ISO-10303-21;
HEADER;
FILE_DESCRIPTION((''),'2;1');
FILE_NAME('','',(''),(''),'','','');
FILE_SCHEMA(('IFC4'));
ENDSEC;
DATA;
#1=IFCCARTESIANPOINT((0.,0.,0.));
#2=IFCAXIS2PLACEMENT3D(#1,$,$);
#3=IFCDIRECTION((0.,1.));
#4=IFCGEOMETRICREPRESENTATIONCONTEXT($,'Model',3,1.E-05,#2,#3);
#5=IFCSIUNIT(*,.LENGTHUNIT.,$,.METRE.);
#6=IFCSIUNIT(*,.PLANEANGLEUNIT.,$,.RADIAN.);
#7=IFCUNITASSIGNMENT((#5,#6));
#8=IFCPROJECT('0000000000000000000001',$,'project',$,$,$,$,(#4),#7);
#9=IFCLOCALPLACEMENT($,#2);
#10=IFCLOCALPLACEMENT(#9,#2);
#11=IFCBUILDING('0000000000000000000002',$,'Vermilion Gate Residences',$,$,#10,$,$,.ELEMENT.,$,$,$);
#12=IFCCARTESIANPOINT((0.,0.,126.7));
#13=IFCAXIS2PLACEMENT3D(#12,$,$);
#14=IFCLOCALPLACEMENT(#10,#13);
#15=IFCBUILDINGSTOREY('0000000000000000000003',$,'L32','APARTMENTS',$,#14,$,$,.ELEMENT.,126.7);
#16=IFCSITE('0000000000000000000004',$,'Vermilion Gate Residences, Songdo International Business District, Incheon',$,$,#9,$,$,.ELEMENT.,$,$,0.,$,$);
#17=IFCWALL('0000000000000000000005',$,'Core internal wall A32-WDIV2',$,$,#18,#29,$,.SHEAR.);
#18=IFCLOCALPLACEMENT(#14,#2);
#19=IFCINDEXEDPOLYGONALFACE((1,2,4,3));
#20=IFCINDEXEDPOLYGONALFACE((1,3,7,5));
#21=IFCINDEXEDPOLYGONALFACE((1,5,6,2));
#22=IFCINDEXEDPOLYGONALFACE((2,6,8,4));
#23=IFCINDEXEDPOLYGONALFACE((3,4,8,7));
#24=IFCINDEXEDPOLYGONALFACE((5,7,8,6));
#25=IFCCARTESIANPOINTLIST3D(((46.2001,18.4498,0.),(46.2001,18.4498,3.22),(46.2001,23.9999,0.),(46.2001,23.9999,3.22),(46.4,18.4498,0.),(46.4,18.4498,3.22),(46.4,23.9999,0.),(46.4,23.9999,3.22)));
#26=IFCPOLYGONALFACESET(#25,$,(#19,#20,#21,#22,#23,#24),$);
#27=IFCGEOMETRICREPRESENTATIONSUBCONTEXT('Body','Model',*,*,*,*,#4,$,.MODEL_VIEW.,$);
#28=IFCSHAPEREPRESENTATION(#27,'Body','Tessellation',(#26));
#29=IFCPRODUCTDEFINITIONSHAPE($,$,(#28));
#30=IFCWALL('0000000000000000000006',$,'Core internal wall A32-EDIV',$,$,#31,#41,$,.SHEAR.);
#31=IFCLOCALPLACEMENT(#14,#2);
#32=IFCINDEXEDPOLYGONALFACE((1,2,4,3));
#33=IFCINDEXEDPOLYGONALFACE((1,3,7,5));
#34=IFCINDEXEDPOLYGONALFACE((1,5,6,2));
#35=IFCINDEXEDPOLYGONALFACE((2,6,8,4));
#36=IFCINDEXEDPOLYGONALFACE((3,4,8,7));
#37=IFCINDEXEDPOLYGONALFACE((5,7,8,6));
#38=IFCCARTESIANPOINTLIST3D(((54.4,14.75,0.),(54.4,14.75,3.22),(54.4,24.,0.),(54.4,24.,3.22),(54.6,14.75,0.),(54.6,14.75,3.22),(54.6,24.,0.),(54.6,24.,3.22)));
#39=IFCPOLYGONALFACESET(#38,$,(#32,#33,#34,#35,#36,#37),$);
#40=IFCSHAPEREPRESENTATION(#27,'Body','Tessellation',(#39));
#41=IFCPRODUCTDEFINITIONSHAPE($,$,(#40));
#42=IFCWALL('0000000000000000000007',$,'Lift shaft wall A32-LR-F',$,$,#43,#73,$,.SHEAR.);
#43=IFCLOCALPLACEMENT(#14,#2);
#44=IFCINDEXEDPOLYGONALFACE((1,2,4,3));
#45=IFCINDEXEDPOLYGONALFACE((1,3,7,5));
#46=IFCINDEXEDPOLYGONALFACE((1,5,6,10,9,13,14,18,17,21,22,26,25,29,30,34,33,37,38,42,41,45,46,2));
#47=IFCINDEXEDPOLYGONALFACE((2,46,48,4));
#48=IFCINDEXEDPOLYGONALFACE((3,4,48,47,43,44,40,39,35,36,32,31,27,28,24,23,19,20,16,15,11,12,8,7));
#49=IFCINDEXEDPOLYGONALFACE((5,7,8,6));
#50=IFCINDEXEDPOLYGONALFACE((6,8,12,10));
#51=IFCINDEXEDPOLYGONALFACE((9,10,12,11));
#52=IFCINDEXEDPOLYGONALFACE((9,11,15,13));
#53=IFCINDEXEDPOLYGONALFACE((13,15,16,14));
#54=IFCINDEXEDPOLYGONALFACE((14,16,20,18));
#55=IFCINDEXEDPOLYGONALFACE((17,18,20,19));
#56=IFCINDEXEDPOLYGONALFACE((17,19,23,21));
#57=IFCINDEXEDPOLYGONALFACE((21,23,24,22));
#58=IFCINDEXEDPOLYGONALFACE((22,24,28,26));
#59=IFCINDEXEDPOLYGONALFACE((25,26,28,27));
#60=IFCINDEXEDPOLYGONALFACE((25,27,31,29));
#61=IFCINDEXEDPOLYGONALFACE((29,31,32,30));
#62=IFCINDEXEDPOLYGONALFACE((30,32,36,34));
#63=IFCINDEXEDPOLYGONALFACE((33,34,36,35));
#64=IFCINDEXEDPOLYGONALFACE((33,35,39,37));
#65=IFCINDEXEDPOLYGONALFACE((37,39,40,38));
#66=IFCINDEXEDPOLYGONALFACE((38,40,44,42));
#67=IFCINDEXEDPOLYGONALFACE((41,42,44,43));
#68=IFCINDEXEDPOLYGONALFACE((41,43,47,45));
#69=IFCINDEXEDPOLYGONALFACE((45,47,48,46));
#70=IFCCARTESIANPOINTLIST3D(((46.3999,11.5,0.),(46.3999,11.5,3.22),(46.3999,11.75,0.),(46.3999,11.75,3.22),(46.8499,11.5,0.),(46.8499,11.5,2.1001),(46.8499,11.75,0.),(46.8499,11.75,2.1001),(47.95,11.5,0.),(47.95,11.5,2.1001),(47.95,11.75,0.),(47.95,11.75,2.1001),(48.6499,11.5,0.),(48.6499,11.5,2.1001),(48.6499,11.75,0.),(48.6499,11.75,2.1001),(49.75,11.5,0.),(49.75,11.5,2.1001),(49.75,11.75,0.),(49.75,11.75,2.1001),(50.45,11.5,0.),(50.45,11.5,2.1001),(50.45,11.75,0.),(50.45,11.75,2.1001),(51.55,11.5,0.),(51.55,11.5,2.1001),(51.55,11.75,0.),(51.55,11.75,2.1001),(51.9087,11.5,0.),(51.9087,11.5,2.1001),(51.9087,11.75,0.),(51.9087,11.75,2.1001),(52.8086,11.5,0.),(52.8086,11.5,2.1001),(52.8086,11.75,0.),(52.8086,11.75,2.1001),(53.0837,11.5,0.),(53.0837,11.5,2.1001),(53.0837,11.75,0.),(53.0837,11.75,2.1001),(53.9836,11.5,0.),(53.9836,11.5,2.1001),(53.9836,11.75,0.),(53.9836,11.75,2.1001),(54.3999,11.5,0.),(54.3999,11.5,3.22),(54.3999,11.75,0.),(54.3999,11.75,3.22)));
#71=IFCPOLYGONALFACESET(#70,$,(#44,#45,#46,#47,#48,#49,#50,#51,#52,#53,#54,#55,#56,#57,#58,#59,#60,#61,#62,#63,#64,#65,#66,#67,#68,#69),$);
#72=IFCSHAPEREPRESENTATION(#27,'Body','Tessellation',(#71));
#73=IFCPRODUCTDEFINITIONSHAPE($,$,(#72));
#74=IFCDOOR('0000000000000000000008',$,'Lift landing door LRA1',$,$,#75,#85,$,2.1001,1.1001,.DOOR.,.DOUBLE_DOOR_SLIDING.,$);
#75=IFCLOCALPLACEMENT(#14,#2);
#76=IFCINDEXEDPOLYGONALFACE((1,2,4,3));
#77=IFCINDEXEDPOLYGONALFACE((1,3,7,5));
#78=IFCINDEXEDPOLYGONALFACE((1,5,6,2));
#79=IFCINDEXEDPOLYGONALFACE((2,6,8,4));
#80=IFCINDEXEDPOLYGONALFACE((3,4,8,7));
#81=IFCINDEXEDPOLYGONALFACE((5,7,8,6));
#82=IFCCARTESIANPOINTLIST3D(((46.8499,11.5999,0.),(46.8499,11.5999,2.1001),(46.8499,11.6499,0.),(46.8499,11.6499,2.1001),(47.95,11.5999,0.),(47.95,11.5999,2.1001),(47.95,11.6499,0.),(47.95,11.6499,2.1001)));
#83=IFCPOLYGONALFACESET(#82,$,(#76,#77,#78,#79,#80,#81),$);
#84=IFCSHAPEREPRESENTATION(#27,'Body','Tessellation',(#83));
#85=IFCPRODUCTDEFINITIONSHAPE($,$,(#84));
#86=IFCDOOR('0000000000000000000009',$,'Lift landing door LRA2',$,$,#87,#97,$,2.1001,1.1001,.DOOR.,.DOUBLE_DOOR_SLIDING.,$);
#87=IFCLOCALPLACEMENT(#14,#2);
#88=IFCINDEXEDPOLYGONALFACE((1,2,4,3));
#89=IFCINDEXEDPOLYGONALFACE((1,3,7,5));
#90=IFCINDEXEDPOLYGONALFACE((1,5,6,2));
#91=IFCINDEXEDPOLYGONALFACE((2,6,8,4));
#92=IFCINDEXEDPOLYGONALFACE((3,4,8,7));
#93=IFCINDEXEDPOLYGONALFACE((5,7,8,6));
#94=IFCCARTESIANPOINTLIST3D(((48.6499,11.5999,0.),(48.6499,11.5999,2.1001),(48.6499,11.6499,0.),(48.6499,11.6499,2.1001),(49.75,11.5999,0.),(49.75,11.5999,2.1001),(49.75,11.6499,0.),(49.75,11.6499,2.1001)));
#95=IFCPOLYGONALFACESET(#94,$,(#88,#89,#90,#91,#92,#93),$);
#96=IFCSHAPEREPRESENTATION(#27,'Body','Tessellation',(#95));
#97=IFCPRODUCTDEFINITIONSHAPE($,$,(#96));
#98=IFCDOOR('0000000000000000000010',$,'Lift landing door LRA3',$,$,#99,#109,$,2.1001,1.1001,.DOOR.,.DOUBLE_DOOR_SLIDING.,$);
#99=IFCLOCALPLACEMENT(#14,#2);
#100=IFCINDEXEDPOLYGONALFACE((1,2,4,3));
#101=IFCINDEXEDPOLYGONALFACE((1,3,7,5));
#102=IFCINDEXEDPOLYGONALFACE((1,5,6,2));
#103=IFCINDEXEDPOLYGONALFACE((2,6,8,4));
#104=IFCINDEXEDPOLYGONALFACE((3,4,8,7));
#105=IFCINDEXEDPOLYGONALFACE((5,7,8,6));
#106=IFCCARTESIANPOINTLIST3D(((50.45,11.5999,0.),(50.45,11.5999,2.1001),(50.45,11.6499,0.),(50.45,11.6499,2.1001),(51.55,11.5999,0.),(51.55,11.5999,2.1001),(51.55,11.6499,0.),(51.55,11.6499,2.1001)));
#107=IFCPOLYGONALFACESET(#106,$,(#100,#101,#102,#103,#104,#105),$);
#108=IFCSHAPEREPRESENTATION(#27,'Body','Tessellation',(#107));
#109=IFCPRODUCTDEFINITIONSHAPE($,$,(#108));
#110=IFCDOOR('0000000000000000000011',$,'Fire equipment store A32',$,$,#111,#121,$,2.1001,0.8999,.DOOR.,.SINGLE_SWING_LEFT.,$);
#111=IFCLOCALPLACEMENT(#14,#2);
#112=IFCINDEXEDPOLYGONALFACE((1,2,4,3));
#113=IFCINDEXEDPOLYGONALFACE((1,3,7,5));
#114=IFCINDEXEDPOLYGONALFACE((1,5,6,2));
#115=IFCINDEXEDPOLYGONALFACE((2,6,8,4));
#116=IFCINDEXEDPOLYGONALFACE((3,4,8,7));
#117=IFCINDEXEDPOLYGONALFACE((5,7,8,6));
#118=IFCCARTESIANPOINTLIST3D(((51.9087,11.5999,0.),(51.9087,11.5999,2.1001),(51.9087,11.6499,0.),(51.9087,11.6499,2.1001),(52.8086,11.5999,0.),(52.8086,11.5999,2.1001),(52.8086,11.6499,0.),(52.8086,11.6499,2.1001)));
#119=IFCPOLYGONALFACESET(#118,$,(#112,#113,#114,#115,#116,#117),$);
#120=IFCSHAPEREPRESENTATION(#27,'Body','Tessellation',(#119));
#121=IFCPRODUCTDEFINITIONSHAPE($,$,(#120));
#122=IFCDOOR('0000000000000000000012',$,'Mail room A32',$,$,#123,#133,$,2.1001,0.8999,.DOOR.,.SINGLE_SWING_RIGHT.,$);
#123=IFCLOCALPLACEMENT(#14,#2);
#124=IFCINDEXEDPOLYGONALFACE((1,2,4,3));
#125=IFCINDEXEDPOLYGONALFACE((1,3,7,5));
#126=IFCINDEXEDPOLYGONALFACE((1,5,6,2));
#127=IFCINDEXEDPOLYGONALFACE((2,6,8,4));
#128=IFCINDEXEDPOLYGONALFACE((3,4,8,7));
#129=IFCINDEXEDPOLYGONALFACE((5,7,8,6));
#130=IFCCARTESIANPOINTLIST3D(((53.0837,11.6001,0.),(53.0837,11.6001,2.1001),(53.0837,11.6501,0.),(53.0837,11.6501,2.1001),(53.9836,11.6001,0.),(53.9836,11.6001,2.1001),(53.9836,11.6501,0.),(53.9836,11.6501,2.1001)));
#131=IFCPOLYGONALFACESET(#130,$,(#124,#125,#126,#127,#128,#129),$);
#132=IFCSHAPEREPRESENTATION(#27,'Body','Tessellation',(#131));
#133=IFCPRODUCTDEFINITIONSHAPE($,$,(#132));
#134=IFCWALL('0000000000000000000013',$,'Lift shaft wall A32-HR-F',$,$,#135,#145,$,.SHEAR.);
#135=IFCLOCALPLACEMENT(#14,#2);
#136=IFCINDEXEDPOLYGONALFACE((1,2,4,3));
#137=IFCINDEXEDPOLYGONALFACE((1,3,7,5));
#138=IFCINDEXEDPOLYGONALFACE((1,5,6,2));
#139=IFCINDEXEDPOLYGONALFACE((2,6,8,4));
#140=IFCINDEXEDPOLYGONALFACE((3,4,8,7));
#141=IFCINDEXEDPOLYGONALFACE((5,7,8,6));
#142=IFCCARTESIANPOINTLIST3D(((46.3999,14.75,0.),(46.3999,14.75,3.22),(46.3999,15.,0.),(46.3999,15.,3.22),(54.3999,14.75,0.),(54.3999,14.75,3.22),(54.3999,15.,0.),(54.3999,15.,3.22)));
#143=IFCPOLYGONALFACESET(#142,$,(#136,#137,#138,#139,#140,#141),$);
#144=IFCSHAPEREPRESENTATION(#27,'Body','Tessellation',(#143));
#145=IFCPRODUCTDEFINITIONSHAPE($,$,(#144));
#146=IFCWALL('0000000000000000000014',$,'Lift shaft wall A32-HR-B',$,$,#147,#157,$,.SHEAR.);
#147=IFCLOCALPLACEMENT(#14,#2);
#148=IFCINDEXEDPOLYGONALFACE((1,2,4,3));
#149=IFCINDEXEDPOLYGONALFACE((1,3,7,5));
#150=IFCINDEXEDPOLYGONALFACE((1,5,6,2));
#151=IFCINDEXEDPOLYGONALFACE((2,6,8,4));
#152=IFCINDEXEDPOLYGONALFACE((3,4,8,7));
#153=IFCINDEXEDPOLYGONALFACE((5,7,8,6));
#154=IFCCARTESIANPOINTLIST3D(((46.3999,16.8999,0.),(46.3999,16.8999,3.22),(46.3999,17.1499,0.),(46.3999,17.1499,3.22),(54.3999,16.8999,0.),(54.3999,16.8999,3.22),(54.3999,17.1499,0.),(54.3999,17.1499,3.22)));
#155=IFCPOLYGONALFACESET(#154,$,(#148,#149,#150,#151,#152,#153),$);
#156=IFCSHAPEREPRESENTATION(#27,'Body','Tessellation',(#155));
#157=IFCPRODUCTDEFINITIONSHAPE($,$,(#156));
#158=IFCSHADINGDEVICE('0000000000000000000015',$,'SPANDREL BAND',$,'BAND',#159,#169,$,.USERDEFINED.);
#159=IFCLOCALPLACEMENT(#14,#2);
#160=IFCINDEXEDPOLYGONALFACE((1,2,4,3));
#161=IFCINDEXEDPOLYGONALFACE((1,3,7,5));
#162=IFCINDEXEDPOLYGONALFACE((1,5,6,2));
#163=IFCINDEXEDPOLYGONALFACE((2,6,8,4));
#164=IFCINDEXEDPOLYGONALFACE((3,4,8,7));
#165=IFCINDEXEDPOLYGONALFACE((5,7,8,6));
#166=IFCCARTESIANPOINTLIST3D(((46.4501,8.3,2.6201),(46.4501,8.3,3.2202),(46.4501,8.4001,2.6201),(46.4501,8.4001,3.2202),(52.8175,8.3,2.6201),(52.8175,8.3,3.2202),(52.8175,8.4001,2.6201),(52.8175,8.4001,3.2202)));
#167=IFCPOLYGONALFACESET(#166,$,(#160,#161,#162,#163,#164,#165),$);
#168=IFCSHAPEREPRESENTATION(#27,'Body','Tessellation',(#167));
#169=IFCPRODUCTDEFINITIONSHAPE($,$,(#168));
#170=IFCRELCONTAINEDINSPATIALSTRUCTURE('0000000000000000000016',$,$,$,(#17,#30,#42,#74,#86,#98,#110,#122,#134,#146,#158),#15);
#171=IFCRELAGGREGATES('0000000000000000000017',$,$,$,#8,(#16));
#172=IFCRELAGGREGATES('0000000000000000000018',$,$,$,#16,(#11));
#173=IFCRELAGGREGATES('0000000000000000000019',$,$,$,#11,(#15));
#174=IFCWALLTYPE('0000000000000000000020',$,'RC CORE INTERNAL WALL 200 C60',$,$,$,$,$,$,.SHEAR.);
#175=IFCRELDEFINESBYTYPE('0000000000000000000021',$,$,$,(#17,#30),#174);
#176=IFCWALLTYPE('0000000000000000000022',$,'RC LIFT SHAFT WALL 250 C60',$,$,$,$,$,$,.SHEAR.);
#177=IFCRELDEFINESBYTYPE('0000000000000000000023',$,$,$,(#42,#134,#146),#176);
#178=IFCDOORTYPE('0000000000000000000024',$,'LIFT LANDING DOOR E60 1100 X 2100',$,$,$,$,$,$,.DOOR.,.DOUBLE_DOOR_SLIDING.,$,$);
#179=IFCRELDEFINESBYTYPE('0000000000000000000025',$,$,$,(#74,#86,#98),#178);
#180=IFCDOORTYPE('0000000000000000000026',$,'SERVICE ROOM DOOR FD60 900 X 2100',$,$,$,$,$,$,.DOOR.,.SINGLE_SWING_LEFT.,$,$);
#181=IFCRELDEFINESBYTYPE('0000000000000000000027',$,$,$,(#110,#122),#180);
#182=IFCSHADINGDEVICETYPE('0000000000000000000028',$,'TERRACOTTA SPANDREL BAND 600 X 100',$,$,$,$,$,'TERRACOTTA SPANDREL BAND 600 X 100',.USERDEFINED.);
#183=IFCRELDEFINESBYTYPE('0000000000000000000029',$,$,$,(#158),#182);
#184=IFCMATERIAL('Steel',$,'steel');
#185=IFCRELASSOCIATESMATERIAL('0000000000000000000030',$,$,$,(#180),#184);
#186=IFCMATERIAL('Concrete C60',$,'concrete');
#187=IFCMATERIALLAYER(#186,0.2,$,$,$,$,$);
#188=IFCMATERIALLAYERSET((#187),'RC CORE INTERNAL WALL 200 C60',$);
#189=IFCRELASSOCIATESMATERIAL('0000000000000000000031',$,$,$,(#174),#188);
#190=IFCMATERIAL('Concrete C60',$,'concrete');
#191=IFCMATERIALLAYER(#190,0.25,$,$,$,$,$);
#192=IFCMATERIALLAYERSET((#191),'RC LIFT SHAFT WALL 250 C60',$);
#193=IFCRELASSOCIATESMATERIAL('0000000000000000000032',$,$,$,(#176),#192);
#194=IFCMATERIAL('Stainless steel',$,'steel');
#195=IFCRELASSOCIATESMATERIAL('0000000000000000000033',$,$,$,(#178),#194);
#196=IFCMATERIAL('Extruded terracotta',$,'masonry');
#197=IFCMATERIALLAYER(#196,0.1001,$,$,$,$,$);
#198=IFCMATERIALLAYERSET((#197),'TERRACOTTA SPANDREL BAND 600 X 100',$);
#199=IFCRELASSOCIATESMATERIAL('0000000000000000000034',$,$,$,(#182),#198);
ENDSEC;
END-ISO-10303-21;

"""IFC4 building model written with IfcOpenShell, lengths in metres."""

from ifc_helpers import new_model, si_unit, direction, frame, frame_2d, origin, origin_2d, place, context, subcontext, project, spatial, rectangle, extrude, material, layer, layer_set, type_object, element, fill, save


model = new_model("IFC4")

# Units and contexts
model_context = context("Model", 3, precision=1e-05, world=origin(), true_north=direction((0.0, 1.0)))
body_context = subcontext(model_context, "Body", "Model", "MODEL_VIEW")
ifc_project = project(units=[si_unit("LENGTHUNIT", "METRE"), si_unit("PLANEANGLEUNIT", "RADIAN")], contexts=[model_context])

# Site, building, storey
site_placement = place(None, origin())
site = spatial("IfcSite", under=ifc_project, at=site_placement, Name="Vermilion Gate Residences, Songdo International Business District, Incheon", CompositionType="ELEMENT", RefElevation=0.0)
building_placement = place(site_placement, origin())
building = spatial("IfcBuilding", under=site, at=building_placement, Name="Vermilion Gate Residences", CompositionType="ELEMENT")
storey_placement = place(building_placement, frame((0.0, 0.0, 126.7)))
storey = spatial("IfcBuildingStorey", under=building, at=storey_placement, Name="L32", Description="APARTMENTS", CompositionType="ELEMENT", Elevation=126.7)

# Shared definitions
ifc_material_1 = material(Name="Steel", Category="steel")
door_type_1 = type_object("IfcDoorType", Name="SERVICE ROOM DOOR FD60 900 X 2100", OperationType="SINGLE_SWING_LEFT", PredefinedType="DOOR", material=ifc_material_1)

# Walls
ifc_material_2 = material(Name="Concrete C60", Category="concrete")
ifc_layer_1 = layer(ifc_material_2, 0.2)
ifc_layer_set_1 = layer_set([ifc_layer_1], Name="RC CORE INTERNAL WALL 200 C60")
wall_type_1 = type_object("IfcWallType", Name="RC CORE INTERNAL WALL 200 C60", PredefinedType="SHEAR", material=ifc_layer_set_1)
wall_1_placement = place(storey_placement, frame((46.3, 18.45, 0.0), z_axis=(0.0, 0.0, 1.0), x_axis=(0.0, 1.0, 0.0)))
element("IfcWall", 1, at=wall_1_placement, inside=storey, type_object=wall_type_1, Name="Core internal wall A32-WDIV2", PredefinedType="SHEAR", context=body_context, shape_type="SweptSolid", body=[
    extrude(rectangle(XDim=5.55, YDim=0.2, at=frame_2d((2.7749, 0.0))), origin(), (0.0, 0.0, 1.0), 3.22),
])
wall_2_placement = place(storey_placement, frame((54.5, 14.75, 0.0), z_axis=(0.0, 0.0, 1.0), x_axis=(0.0, 1.0, 0.0)))
element("IfcWall", 2, at=wall_2_placement, inside=storey, type_object=wall_type_1, Name="Core internal wall A32-EDIV", PredefinedType="SHEAR", context=body_context, shape_type="SweptSolid", body=[
    extrude(rectangle(XDim=9.25, YDim=0.2, at=frame_2d((4.625, 0.0))), origin(), (0.0, 0.0, 1.0), 3.22),
])

# Wall, openings, doors
ifc_material_3 = material(Name="Concrete C60", Category="concrete")
ifc_layer_2 = layer(ifc_material_3, 0.25)
ifc_layer_set_2 = layer_set([ifc_layer_2], Name="RC LIFT SHAFT WALL 250 C60")
wall_type_2 = type_object("IfcWallType", Name="RC LIFT SHAFT WALL 250 C60", PredefinedType="SHEAR", material=ifc_layer_set_2)
wall_3_placement = place(storey_placement, frame((46.3999, 11.625, 0.0), z_axis=(0.0, 0.0, 1.0), x_axis=(1.0, 0.0, 0.0)))
wall_3 = element("IfcWall", 3, at=wall_3_placement, inside=storey, type_object=wall_type_2, Name="Lift shaft wall A32-LR-F", PredefinedType="SHEAR", context=body_context, shape_type="SweptSolid", body=[
    extrude(rectangle(XDim=8.0, YDim=0.25, at=frame_2d((4.0, 0.0))), origin(), (0.0, 0.0, 1.0), 3.22),
])
opening_1_placement = place(wall_3_placement, frame((0.45, 0.0, 0.0)))
opening_1 = element("IfcOpeningElement", 4, at=opening_1_placement, cuts=wall_3, PredefinedType="OPENING", context=body_context, shape_type="SweptSolid", body=[
    extrude(rectangle(XDim=1.1001, YDim=2.1001, at=frame_2d((0.55, 1.05))), frame((0.0, 0.135, 0.0), z_axis=(0.0, -1.0, 0.0), x_axis=(1.0, 0.0, 0.0)), (0.0, 0.0, 1.0), 0.27),
])
opening_2_placement = place(wall_3_placement, frame((2.25, 0.0, 0.0)))
opening_2 = element("IfcOpeningElement", 5, at=opening_2_placement, cuts=wall_3, PredefinedType="OPENING", context=body_context, shape_type="SweptSolid", body=[
    extrude(rectangle(XDim=1.1001, YDim=2.1001, at=frame_2d((0.55, 1.05))), frame((0.0, 0.135, 0.0), z_axis=(0.0, -1.0, 0.0), x_axis=(1.0, 0.0, 0.0)), (0.0, 0.0, 1.0), 0.27),
])
opening_3_placement = place(wall_3_placement, frame((4.05, 0.0, 0.0)))
opening_3 = element("IfcOpeningElement", 6, at=opening_3_placement, cuts=wall_3, PredefinedType="OPENING", context=body_context, shape_type="SweptSolid", body=[
    extrude(rectangle(XDim=1.1001, YDim=2.1001, at=frame_2d((0.55, 1.05))), frame((0.0, 0.135, 0.0), z_axis=(0.0, -1.0, 0.0), x_axis=(1.0, 0.0, 0.0)), (0.0, 0.0, 1.0), 0.27),
])
opening_4_placement = place(wall_3_placement, frame((5.5088, 0.0, 0.0)))
opening_4 = element("IfcOpeningElement", 7, at=opening_4_placement, cuts=wall_3, PredefinedType="OPENING", context=body_context, shape_type="SweptSolid", body=[
    extrude(rectangle(XDim=0.8999, YDim=2.1001, at=frame_2d((0.45, 1.05))), frame((0.0, 0.135, 0.0), z_axis=(0.0, -1.0, 0.0), x_axis=(1.0, 0.0, 0.0)), (0.0, 0.0, 1.0), 0.27),
])
opening_5_placement = place(wall_3_placement, frame((6.6838, 0.0, 0.0)))
opening_5 = element("IfcOpeningElement", 8, at=opening_5_placement, cuts=wall_3, PredefinedType="OPENING", context=body_context, shape_type="SweptSolid", body=[
    extrude(rectangle(XDim=0.8999, YDim=2.1001, at=frame_2d((0.45, 1.05))), frame((0.0, 0.135, 0.0), z_axis=(0.0, -1.0, 0.0), x_axis=(1.0, 0.0, 0.0)), (0.0, 0.0, 1.0), 0.27),
])
ifc_material_4 = material(Name="Stainless steel", Category="steel")
door_type_2 = type_object("IfcDoorType", Name="LIFT LANDING DOOR E60 1100 X 2100", OperationType="DOUBLE_DOOR_SLIDING", PredefinedType="DOOR", material=ifc_material_4)
door_1_placement = place(opening_1_placement, origin())
door_1 = element("IfcDoor", 9, at=door_1_placement, inside=storey, type_object=door_type_2, Name="Lift landing door LRA1", OperationType="DOUBLE_DOOR_SLIDING", OverallHeight=2.1001, OverallWidth=1.1001, PredefinedType="DOOR", context=body_context, shape_type="SweptSolid", body=[
    extrude(rectangle(XDim=1.1001, YDim=2.1001, at=frame_2d((0.55, 1.05))), frame((0.0, 0.0249, 0.0), z_axis=(0.0, -1.0, 0.0), x_axis=(1.0, 0.0, 0.0)), (0.0, 0.0, 1.0), 0.05),
])
fill(opening_1, door_1)
door_2_placement = place(opening_2_placement, origin())
door_2 = element("IfcDoor", 10, at=door_2_placement, inside=storey, type_object=door_type_2, Name="Lift landing door LRA2", OperationType="DOUBLE_DOOR_SLIDING", OverallHeight=2.1001, OverallWidth=1.1001, PredefinedType="DOOR", context=body_context, shape_type="SweptSolid", body=[
    extrude(rectangle(XDim=1.1001, YDim=2.1001, at=frame_2d((0.55, 1.05))), frame((0.0, 0.0249, 0.0), z_axis=(0.0, -1.0, 0.0), x_axis=(1.0, 0.0, 0.0)), (0.0, 0.0, 1.0), 0.05),
])
fill(opening_2, door_2)
door_3_placement = place(opening_3_placement, origin())
door_3 = element("IfcDoor", 11, at=door_3_placement, inside=storey, type_object=door_type_2, Name="Lift landing door LRA3", OperationType="DOUBLE_DOOR_SLIDING", OverallHeight=2.1001, OverallWidth=1.1001, PredefinedType="DOOR", context=body_context, shape_type="SweptSolid", body=[
    extrude(rectangle(XDim=1.1001, YDim=2.1001, at=frame_2d((0.55, 1.05))), frame((0.0, 0.0249, 0.0), z_axis=(0.0, -1.0, 0.0), x_axis=(1.0, 0.0, 0.0)), (0.0, 0.0, 1.0), 0.05),
])
fill(opening_3, door_3)
door_4_placement = place(opening_4_placement, origin())
door_4 = element("IfcDoor", 12, at=door_4_placement, inside=storey, type_object=door_type_1, Name="Fire equipment store A32", OperationType="SINGLE_SWING_LEFT", OverallHeight=2.1001, OverallWidth=0.8999, PredefinedType="DOOR", context=body_context, shape_type="SweptSolid", body=[
    extrude(rectangle(XDim=0.8999, YDim=2.1001, at=frame_2d((0.45, 1.05))), frame((0.0, 0.0249, 0.0), z_axis=(0.0, -1.0, 0.0), x_axis=(1.0, 0.0, 0.0)), (0.0, 0.0, 1.0), 0.05),
])
fill(opening_4, door_4)
door_5_placement = place(opening_5_placement, frame((0.8999, 0.0, 0.0), z_axis=(0.0, 0.0, 1.0), x_axis=(-1.0, 0.0, 0.0)))
door_5 = element("IfcDoor", 13, at=door_5_placement, inside=storey, type_object=door_type_1, Name="Mail room A32", OperationType="SINGLE_SWING_RIGHT", OverallHeight=2.1001, OverallWidth=0.8999, PredefinedType="DOOR", context=body_context, shape_type="SweptSolid", body=[
    extrude(rectangle(XDim=0.8999, YDim=2.1001, at=frame_2d((0.45, 1.05))), frame((0.0, 0.0249, 0.0), z_axis=(0.0, -1.0, 0.0), x_axis=(1.0, 0.0, 0.0)), (0.0, 0.0, 1.0), 0.05),
])
fill(opening_5, door_5)

# Walls
for number, where, z_axis, x_axis, name in (
    (14, (46.3999, 14.875, 0.0), (0.0, 0.0, 1.0), (1.0, 0.0, 0.0), "Lift shaft wall A32-HR-F"),
    (15, (46.3999, 17.0249, 0.0), (0.0, 0.0, 1.0), (1.0, 0.0, 0.0), "Lift shaft wall A32-HR-B"),
):
    element("IfcWall", number, at=place(storey_placement, frame(where, z_axis=z_axis, x_axis=x_axis)), inside=storey, type_object=wall_type_2, Name=name, PredefinedType="SHEAR", context=body_context, shape_type="SweptSolid", body=[
        extrude(rectangle(XDim=8.0, YDim=0.25, at=frame_2d((4.0, 0.0))), origin(), (0.0, 0.0, 1.0), 3.22),
    ])

# Shading device
ifc_material_5 = material(Name="Extruded terracotta", Category="masonry")
ifc_layer_3 = layer(ifc_material_5, 0.1001)
ifc_layer_set_3 = layer_set([ifc_layer_3], Name="TERRACOTTA SPANDREL BAND 600 X 100")
shading_device_type = type_object("IfcShadingDeviceType", Name="TERRACOTTA SPANDREL BAND 600 X 100", ElementType="TERRACOTTA SPANDREL BAND 600 X 100", PredefinedType="USERDEFINED", material=ifc_layer_set_3)
shading_device_placement = place(storey_placement, frame((49.6338, 8.3501, 2.6201), z_axis=(0.0, 0.0, 1.0), x_axis=(1.0, 0.0, 0.0)))
element("IfcShadingDevice", 16, at=shading_device_placement, inside=storey, type_object=shading_device_type, Name="SPANDREL BAND", ObjectType="BAND", PredefinedType="USERDEFINED", context=body_context, shape_type="SweptSolid", body=[
    extrude(rectangle(XDim=6.3674, YDim=0.1001, at=origin_2d()), origin(), (0.0, 0.0, 1.0), 0.6001),
])

save(model, "model.ifc")
